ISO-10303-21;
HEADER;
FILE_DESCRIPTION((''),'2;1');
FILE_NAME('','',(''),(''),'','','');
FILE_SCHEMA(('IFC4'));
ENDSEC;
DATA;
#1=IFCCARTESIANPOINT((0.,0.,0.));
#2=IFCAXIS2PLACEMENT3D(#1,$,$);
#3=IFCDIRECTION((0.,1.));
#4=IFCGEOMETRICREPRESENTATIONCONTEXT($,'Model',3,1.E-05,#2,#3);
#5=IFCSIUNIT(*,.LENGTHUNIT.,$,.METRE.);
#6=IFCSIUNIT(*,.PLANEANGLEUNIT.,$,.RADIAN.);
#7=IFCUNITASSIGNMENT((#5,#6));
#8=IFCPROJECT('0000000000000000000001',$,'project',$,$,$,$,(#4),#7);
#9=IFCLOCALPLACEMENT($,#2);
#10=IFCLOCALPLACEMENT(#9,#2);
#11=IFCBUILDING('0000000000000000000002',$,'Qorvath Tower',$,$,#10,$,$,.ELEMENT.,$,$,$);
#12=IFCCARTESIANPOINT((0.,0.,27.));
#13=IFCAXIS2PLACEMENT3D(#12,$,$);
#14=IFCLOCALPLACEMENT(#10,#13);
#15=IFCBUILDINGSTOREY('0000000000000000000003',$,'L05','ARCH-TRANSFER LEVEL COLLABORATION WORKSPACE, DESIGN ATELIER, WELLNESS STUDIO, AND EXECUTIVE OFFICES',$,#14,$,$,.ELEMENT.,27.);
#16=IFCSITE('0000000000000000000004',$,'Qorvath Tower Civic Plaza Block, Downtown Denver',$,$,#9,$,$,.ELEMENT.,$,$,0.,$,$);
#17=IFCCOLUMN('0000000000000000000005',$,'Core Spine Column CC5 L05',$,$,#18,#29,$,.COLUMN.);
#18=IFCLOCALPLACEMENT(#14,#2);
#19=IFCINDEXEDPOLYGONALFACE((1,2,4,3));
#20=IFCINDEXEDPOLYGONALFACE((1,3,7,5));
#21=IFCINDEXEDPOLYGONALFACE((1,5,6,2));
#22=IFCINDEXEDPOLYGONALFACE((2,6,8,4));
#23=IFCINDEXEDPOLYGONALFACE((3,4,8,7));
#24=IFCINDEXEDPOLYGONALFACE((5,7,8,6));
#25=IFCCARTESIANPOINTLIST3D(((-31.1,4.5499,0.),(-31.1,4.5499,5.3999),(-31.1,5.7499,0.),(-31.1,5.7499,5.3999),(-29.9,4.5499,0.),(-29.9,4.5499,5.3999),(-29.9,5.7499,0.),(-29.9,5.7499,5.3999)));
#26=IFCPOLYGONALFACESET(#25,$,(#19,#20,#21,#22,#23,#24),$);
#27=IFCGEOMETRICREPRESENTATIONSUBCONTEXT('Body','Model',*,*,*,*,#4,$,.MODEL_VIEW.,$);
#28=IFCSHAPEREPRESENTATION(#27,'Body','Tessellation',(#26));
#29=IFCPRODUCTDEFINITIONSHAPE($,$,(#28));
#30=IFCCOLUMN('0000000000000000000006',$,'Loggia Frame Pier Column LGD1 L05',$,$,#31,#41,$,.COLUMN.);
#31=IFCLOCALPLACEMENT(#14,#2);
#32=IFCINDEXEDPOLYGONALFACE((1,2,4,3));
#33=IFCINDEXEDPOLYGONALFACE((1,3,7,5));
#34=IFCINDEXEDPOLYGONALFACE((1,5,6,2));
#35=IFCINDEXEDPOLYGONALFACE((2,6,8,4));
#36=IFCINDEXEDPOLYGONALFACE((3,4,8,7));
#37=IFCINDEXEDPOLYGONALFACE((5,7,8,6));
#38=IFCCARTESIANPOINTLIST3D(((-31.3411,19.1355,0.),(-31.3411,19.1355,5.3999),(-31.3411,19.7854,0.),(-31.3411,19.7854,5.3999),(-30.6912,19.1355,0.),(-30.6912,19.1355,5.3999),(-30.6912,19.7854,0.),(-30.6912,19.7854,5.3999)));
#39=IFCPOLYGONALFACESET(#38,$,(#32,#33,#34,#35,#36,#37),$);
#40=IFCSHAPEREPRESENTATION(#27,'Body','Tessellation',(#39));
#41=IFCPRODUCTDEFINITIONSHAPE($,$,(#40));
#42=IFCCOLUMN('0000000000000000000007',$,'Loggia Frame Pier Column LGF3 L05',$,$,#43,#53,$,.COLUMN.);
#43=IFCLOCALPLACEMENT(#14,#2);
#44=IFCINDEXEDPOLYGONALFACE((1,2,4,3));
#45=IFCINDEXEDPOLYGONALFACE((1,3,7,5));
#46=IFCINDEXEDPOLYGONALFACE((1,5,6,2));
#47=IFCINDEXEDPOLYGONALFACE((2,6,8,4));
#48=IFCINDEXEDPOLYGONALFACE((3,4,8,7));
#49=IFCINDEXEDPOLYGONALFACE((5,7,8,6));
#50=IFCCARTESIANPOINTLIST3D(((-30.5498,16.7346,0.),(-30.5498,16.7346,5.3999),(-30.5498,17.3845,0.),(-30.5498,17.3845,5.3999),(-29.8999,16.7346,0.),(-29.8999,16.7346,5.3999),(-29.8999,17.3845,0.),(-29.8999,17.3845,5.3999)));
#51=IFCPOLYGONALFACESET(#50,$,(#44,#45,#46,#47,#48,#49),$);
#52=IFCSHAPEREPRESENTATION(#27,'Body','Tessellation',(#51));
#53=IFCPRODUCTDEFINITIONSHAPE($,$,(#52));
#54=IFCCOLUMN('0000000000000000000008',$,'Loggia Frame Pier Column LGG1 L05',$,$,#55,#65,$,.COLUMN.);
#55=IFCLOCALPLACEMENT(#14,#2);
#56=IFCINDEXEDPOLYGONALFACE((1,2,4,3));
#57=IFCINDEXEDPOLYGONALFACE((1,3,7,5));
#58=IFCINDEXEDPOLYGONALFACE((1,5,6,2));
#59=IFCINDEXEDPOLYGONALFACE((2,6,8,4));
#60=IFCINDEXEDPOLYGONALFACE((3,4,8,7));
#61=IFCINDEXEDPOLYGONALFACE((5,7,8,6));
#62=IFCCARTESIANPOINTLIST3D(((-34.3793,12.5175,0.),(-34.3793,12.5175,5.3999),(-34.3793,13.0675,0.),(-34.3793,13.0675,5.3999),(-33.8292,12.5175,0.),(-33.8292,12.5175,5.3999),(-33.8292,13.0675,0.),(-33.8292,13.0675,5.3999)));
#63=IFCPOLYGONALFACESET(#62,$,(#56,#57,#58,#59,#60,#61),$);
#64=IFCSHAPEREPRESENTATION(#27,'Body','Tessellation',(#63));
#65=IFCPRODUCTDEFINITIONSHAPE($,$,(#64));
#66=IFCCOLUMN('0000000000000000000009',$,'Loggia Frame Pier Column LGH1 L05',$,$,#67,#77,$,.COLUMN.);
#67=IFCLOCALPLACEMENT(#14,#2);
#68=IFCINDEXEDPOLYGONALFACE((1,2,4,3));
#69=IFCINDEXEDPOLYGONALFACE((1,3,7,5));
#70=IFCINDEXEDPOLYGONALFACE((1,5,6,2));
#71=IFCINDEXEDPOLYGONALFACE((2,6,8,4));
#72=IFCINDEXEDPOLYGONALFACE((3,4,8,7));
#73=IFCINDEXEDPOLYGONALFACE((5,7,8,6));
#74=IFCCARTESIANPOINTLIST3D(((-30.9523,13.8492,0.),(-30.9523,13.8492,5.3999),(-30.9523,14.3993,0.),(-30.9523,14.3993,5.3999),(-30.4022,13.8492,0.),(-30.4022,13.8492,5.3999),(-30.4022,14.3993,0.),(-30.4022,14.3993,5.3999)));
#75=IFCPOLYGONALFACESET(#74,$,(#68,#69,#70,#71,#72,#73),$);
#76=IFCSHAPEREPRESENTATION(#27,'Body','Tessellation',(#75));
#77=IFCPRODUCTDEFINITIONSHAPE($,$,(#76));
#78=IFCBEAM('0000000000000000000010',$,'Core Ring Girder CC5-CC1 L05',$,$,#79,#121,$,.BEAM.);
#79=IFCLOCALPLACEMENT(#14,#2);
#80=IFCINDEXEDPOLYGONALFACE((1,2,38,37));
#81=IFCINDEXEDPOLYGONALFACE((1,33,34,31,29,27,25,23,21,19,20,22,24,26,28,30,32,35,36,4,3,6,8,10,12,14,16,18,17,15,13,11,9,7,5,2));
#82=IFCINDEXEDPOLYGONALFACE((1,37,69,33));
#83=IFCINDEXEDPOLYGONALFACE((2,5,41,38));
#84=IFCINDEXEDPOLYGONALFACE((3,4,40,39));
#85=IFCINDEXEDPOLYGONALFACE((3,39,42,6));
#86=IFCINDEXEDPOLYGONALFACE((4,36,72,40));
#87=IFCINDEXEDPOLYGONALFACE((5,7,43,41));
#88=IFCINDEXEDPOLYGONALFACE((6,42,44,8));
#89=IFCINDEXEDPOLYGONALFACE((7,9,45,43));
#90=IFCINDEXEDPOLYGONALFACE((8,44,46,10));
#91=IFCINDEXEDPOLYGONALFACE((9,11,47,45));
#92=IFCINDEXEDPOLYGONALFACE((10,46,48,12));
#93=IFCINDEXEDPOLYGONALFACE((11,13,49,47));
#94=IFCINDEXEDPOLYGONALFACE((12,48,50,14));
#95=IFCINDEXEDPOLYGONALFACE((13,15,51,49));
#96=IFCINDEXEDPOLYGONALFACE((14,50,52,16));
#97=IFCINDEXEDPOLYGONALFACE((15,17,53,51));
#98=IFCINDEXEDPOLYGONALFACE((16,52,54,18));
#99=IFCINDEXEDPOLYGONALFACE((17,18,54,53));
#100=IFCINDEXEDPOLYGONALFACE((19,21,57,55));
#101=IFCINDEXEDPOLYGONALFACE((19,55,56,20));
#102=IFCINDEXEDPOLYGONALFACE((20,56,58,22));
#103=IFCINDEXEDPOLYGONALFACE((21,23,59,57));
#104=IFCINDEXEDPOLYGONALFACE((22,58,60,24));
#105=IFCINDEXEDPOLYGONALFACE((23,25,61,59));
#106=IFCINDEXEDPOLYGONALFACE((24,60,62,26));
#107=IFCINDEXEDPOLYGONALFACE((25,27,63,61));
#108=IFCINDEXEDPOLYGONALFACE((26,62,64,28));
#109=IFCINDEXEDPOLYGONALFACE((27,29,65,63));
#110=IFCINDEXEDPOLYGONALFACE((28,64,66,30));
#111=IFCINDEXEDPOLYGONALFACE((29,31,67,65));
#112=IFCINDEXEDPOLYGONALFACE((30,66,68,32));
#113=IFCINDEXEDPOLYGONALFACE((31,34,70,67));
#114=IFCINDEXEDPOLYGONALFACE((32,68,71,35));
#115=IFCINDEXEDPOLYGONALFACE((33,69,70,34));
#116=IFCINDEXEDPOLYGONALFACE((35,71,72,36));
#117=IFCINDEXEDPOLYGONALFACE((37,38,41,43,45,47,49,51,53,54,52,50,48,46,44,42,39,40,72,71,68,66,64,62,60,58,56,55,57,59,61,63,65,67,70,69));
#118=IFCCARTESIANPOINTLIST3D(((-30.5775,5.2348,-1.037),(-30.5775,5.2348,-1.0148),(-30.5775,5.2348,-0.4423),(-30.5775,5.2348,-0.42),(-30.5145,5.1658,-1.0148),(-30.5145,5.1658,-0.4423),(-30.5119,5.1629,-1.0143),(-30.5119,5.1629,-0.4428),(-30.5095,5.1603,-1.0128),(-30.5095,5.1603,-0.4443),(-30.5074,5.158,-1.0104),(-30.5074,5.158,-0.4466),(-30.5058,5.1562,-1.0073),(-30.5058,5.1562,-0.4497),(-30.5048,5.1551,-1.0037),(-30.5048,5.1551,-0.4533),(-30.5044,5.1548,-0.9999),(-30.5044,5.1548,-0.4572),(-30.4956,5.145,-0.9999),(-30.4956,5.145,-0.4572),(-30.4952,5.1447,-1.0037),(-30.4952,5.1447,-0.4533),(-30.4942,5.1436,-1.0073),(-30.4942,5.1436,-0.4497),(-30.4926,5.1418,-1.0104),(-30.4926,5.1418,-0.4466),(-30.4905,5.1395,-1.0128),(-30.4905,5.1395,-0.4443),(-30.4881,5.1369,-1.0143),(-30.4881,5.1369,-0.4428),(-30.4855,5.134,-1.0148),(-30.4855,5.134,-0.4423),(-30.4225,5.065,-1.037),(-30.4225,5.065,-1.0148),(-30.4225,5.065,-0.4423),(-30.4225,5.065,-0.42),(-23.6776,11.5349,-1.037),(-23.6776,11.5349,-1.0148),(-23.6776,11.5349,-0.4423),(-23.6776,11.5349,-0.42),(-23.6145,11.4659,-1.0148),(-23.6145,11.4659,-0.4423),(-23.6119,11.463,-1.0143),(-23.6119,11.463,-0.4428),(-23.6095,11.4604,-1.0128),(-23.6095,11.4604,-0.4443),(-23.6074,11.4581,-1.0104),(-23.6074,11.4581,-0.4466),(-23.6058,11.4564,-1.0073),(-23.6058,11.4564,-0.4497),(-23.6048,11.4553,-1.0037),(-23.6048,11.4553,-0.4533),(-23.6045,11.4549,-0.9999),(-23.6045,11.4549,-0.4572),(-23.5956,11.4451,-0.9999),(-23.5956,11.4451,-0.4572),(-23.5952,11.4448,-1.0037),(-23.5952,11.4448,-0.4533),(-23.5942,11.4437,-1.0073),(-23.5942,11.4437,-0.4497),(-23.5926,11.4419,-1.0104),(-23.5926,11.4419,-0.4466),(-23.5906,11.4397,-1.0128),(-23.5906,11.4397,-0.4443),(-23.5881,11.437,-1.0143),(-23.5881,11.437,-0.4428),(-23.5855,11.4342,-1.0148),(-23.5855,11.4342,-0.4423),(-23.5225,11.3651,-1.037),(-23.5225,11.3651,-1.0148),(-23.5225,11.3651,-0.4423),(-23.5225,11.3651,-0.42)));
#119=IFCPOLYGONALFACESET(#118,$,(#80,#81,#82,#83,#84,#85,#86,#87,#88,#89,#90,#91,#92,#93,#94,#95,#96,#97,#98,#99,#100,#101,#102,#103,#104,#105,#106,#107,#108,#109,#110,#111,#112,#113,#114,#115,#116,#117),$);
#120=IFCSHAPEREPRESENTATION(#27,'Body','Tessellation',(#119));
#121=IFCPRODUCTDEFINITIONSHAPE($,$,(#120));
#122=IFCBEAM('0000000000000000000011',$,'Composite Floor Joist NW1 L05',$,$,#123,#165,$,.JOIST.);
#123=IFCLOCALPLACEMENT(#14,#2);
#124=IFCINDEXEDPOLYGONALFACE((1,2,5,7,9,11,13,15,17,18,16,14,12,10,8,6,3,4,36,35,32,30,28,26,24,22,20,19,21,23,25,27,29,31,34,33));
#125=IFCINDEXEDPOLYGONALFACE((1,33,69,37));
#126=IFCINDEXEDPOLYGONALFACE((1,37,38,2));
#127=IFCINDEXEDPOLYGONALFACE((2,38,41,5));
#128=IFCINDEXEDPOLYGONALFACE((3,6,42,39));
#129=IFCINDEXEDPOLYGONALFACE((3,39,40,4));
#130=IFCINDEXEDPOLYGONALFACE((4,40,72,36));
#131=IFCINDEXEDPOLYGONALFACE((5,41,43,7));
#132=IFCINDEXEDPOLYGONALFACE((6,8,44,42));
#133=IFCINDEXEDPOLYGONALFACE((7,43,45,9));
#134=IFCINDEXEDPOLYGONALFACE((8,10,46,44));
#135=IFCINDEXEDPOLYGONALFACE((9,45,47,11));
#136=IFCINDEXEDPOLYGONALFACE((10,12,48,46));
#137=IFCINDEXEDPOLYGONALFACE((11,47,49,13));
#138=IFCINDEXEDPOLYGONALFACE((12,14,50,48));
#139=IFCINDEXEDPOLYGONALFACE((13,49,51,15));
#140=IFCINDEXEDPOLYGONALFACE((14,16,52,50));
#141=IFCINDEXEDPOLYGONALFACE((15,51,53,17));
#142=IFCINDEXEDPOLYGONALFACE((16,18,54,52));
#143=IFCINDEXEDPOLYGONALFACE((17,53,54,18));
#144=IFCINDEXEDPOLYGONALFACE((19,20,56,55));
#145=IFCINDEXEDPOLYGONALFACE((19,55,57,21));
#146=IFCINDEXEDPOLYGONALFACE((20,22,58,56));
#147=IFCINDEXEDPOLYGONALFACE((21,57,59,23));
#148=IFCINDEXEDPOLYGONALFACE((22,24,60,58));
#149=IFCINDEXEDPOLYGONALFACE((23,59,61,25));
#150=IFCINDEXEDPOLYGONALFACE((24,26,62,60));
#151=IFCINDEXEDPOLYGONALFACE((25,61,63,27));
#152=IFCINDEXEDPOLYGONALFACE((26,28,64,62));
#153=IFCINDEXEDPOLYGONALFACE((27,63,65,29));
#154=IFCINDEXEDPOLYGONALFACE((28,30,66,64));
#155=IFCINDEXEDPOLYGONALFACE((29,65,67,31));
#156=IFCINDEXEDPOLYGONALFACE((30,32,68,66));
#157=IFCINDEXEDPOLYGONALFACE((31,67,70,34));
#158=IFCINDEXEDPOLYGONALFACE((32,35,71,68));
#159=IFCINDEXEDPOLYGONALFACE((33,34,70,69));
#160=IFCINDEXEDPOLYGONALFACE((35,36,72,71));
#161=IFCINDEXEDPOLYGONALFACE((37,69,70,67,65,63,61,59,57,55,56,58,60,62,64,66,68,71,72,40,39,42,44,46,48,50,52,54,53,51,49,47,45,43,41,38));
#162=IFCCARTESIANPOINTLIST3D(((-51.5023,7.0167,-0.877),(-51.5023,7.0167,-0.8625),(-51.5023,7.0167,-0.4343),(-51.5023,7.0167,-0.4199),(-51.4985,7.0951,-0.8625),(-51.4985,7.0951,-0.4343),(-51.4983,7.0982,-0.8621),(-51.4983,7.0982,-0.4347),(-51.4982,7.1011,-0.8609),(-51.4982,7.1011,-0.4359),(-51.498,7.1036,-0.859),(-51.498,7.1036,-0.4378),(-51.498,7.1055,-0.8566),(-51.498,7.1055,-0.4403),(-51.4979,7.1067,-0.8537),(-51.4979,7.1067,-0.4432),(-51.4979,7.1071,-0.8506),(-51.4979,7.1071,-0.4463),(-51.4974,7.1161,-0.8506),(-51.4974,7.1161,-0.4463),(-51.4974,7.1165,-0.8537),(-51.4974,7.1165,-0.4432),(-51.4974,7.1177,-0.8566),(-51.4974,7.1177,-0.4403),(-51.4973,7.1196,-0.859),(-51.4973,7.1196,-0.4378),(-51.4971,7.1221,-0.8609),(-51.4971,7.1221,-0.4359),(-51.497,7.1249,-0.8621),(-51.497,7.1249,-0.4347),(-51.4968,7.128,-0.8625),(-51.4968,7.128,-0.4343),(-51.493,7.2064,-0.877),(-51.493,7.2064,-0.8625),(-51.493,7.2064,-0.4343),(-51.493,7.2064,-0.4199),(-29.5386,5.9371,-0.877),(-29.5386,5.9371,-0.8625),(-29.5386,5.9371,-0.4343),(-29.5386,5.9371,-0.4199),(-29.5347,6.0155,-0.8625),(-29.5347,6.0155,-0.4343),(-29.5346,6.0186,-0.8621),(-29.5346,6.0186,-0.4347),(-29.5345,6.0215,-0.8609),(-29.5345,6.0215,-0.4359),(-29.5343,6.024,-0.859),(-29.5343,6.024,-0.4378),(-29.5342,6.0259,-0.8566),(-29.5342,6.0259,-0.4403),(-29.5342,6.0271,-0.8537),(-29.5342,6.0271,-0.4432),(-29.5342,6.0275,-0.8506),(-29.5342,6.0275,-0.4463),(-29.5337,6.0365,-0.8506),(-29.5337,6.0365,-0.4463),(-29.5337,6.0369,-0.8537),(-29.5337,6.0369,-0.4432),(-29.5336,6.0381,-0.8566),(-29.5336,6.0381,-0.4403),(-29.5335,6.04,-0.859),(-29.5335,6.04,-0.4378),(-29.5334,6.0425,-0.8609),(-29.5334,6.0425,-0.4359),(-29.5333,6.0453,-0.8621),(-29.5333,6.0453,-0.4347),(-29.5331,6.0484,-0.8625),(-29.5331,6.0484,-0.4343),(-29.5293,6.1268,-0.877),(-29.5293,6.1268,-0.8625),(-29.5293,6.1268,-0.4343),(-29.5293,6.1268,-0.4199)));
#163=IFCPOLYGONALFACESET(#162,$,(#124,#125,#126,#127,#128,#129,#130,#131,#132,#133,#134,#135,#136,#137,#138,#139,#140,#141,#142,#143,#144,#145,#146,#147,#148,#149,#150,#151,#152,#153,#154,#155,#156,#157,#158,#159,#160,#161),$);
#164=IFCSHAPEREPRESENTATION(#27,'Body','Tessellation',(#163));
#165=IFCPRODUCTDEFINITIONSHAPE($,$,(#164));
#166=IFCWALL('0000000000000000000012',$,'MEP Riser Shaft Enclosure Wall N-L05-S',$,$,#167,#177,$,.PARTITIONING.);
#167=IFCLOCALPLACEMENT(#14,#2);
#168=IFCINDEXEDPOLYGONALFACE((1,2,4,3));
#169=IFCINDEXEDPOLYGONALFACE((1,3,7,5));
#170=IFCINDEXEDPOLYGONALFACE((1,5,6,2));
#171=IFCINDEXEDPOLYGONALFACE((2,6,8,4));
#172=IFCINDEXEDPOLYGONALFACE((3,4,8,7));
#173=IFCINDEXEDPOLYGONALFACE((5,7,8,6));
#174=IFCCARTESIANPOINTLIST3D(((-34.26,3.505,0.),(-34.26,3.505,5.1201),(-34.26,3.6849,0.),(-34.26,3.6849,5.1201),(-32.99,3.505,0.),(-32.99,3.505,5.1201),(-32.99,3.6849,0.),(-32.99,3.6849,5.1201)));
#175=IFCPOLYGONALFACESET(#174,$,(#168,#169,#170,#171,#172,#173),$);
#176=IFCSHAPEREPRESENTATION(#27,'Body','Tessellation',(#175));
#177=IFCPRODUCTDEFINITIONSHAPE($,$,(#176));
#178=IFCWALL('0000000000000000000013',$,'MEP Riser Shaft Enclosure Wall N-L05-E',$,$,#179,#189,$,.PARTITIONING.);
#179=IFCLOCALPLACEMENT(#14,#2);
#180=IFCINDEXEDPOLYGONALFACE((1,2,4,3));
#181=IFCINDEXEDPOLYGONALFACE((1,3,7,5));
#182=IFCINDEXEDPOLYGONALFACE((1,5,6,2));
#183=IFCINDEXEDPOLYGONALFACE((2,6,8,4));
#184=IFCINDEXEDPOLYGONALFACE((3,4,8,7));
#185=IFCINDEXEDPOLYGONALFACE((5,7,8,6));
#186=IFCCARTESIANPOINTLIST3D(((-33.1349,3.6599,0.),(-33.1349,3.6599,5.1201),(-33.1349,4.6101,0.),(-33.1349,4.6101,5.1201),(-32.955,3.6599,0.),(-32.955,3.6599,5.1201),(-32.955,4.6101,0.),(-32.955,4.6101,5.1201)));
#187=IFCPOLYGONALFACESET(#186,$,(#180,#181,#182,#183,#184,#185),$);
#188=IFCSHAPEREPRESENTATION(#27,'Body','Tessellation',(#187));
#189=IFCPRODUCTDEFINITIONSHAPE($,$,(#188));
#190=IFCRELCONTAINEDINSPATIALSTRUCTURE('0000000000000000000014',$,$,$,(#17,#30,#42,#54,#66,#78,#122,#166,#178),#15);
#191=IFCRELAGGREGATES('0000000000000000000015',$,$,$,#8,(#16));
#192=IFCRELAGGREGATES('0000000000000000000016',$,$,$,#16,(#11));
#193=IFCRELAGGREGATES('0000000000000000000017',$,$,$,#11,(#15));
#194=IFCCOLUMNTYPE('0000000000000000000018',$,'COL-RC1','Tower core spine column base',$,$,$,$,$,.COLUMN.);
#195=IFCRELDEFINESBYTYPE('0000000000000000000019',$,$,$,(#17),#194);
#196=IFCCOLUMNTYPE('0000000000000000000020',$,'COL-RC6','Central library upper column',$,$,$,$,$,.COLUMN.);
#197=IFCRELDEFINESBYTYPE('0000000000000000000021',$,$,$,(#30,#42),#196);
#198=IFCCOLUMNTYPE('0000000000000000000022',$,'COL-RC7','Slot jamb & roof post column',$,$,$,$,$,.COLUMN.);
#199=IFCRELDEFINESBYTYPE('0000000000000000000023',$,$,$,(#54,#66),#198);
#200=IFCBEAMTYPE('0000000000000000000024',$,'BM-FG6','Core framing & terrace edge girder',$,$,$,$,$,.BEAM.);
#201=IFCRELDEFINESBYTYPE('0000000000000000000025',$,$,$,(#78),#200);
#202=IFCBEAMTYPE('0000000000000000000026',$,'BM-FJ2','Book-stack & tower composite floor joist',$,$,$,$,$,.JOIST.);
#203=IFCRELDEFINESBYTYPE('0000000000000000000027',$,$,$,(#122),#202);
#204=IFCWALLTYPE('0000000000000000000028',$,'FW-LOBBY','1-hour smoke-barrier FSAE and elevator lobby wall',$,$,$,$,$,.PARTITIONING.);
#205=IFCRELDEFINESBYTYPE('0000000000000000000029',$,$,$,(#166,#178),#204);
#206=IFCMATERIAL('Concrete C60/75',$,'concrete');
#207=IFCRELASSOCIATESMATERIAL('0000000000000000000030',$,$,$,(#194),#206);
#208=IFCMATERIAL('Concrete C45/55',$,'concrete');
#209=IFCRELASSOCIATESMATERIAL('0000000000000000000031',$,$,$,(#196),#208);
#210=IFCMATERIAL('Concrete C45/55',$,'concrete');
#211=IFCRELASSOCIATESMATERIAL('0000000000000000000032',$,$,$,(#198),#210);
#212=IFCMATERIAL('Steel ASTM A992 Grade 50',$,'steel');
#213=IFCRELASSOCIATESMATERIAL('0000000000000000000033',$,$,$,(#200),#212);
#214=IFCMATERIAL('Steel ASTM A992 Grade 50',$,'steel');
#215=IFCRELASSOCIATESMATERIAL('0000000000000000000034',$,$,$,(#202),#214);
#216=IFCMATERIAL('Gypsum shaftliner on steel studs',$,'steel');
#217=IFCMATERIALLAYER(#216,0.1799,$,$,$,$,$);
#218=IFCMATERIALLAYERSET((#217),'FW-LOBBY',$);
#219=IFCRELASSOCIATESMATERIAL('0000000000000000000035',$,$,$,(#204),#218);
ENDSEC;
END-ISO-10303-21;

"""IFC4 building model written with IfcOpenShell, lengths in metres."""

from ifc_helpers import new_model, si_unit, direction, frame, frame_2d, origin, origin_2d, place, context, subcontext, project, spatial, rectangle, i_section, extrude, material, layer, layer_set, material_profile, profile_set, type_object, element, save


model = new_model("IFC4")

# Units and contexts
model_context = context("Model", 3, precision=1e-05, world=origin(), true_north=direction((0.0, 1.0)))
body_context = subcontext(model_context, "Body", "Model", "MODEL_VIEW")
ifc_project = project(units=[si_unit("LENGTHUNIT", "METRE"), si_unit("PLANEANGLEUNIT", "RADIAN")], contexts=[model_context])

# Site, building, storey
site_placement = place(None, origin())
site = spatial("IfcSite", under=ifc_project, at=site_placement, Name="Qorvath Tower Civic Plaza Block, Downtown Denver", CompositionType="ELEMENT", RefElevation=0.0)
building_placement = place(site_placement, origin())
building = spatial("IfcBuilding", under=site, at=building_placement, Name="Qorvath Tower", CompositionType="ELEMENT")
storey_placement = place(building_placement, frame((0.0, 0.0, 27.0)))
storey = spatial("IfcBuildingStorey", under=building, at=storey_placement, Name="L05", Description="ARCH-TRANSFER LEVEL COLLABORATION WORKSPACE, DESIGN ATELIER, WELLNESS STUDIO, AND EXECUTIVE OFFICES", CompositionType="ELEMENT", Elevation=27.0)

# Columns
ifc_material_1 = material(Name="Concrete C60/75", Category="concrete")
ifc_material_profile_1 = material_profile(ifc_material_1, rectangle(XDim=1.2, YDim=1.2, at=origin_2d()), Name="RC 1200x1200")
ifc_profile_set_1 = profile_set([ifc_material_profile_1], Name="Concrete C60/75")
column_type_1 = type_object("IfcColumnType", Name="COL-RC1", Description="Tower core spine column base", PredefinedType="COLUMN", material=ifc_profile_set_1)
column_placement = place(storey_placement, frame((-30.5, 5.1499, 0.0), z_axis=(0.0, 0.0, 1.0), x_axis=(1.0, 0.0, 0.0)))
element("IfcColumn", 1, at=column_placement, inside=storey, type_object=column_type_1, Name="Core Spine Column CC5 L05", PredefinedType="COLUMN", context=body_context, shape_type="SweptSolid", body=[
    extrude(rectangle(XDim=1.2, YDim=1.2, at=origin_2d()), origin(), (0.0, 0.0, 1.0), 5.3999),
])
ifc_material_2 = material(Name="Concrete C45/55", Category="concrete")
ifc_material_profile_2 = material_profile(ifc_material_2, rectangle(XDim=0.6499, YDim=0.6499, at=origin_2d()), Name="RC 650x650")
ifc_profile_set_2 = profile_set([ifc_material_profile_2], Name="Concrete C45/55")
column_type_2 = type_object("IfcColumnType", Name="COL-RC6", Description="Central library upper column", PredefinedType="COLUMN", material=ifc_profile_set_2)
for number, where, z_axis, x_axis, name in (
    (2, (-31.0161, 19.4604, 0.0), (0.0, 0.0, 1.0), (1.0, 0.0, 0.0), "Loggia Frame Pier Column LGD1 L05"),
    (3, (-30.2249, 17.0596, 0.0), (0.0, 0.0, 1.0), (1.0, 0.0, 0.0), "Loggia Frame Pier Column LGF3 L05"),
):
    element("IfcColumn", number, at=place(storey_placement, frame(where, z_axis=z_axis, x_axis=x_axis)), inside=storey, type_object=column_type_2, Name=name, PredefinedType="COLUMN", context=body_context, shape_type="SweptSolid", body=[
        extrude(rectangle(XDim=0.6499, YDim=0.6499, at=origin_2d()), origin(), (0.0, 0.0, 1.0), 5.3999),
    ])
ifc_material_3 = material(Name="Concrete C45/55", Category="concrete")
ifc_material_profile_3 = material_profile(ifc_material_3, rectangle(XDim=0.55, YDim=0.55, at=origin_2d()), Name="RC 550x550")
ifc_profile_set_3 = profile_set([ifc_material_profile_3], Name="Concrete C45/55")
column_type_3 = type_object("IfcColumnType", Name="COL-RC7", Description="Slot jamb & roof post column", PredefinedType="COLUMN", material=ifc_profile_set_3)
for number, where, z_axis, x_axis, name in (
    (4, (-34.1042, 12.7925, 0.0), (0.0, 0.0, 1.0), (1.0, 0.0, 0.0), "Loggia Frame Pier Column LGG1 L05"),
    (5, (-30.6772, 14.1243, 0.0), (0.0, 0.0, 1.0), (1.0, 0.0, 0.0), "Loggia Frame Pier Column LGH1 L05"),
):
    element("IfcColumn", number, at=place(storey_placement, frame(where, z_axis=z_axis, x_axis=x_axis)), inside=storey, type_object=column_type_3, Name=name, PredefinedType="COLUMN", context=body_context, shape_type="SweptSolid", body=[
        extrude(rectangle(XDim=0.55, YDim=0.55, at=origin_2d()), origin(), (0.0, 0.0, 1.0), 5.3999),
    ])

# Beams
ifc_material_4 = material(Name="Steel ASTM A992 Grade 50", Category="steel")
ifc_material_profile_4 = material_profile(ifc_material_4, i_section(OverallWidth=0.23, OverallDepth=0.6169, WebThickness=0.0132, FlangeThickness=0.0222, FilletRadius=0.0149, at=origin_2d()), Name="W24x94")
ifc_profile_set_4 = profile_set([ifc_material_profile_4], Name="Steel ASTM A992 Grade 50")
beam_type_1 = type_object("IfcBeamType", Name="BM-FG6", Description="Core framing & terrace edge girder", PredefinedType="BEAM", material=ifc_profile_set_4)
beam_1_placement = place(storey_placement, frame((-30.5, 5.1499, -0.7285), z_axis=(0.738478, 0.674277, 0.0), x_axis=(-0.674277, 0.738478, 0.0)))
element("IfcBeam", 6, at=beam_1_placement, inside=storey, type_object=beam_type_1, Name="Core Ring Girder CC5-CC1 L05", PredefinedType="BEAM", context=body_context, shape_type="SweptSolid", body=[
    extrude(i_section(OverallWidth=0.23, OverallDepth=0.6169, WebThickness=0.0132, FlangeThickness=0.0222, FilletRadius=0.0149, at=origin_2d()), origin(), (0.0, 0.0, 1.0), 9.3435),
])
ifc_material_5 = material(Name="Steel ASTM A992 Grade 50", Category="steel")
ifc_material_profile_5 = material_profile(ifc_material_5, i_section(OverallWidth=0.1899, OverallDepth=0.457, WebThickness=0.009, FlangeThickness=0.0144, FilletRadius=0.012, at=origin_2d()), Name="W18x50")
ifc_profile_set_5 = profile_set([ifc_material_profile_5], Name="Steel ASTM A992 Grade 50")
beam_type_2 = type_object("IfcBeamType", Name="BM-FJ2", Description="Book-stack & tower composite floor joist", PredefinedType="JOIST", material=ifc_profile_set_5)
beam_2_placement = place(storey_placement, frame((-29.5339, 6.032, -0.6484), z_axis=(-0.998794, 0.049094, 0.0), x_axis=(-0.049094, -0.998794, 0.0)))
element("IfcBeam", 7, at=beam_2_placement, inside=storey, type_object=beam_type_2, Name="Composite Floor Joist NW1 L05", PredefinedType="JOIST", context=body_context, shape_type="SweptSolid", body=[
    extrude(i_section(OverallWidth=0.1899, OverallDepth=0.457, WebThickness=0.009, FlangeThickness=0.0144, FilletRadius=0.012, at=origin_2d()), origin(), (0.0, 0.0, 1.0), 21.9902),
])

# Walls
ifc_material_6 = material(Name="Gypsum shaftliner on steel studs", Category="steel")
ifc_layer_1 = layer(ifc_material_6, 0.1799)
ifc_layer_set_1 = layer_set([ifc_layer_1], Name="FW-LOBBY")
wall_type_1 = type_object("IfcWallType", Name="FW-LOBBY", Description="1-hour smoke-barrier FSAE and elevator lobby wall", PredefinedType="PARTITIONING", material=ifc_layer_set_1)
wall_1_placement = place(storey_placement, frame((-32.99, 3.595, 0.0), z_axis=(0.0, 0.0, 1.0), x_axis=(-1.0, 0.0, 0.0)))
element("IfcWall", 8, at=wall_1_placement, inside=storey, type_object=wall_type_1, Name="MEP Riser Shaft Enclosure Wall N-L05-S", PredefinedType="PARTITIONING", context=body_context, shape_type="SweptSolid", body=[
    extrude(rectangle(XDim=1.27, YDim=0.1799, at=frame_2d((0.635, 0.0))), origin(), (0.0, 0.0, 1.0), 5.1201),
])
wall_2_placement = place(storey_placement, frame((-33.0449, 4.6101, 0.0), z_axis=(0.0, 0.0, 1.0), x_axis=(0.0, -1.0, 0.0)))
element("IfcWall", 9, at=wall_2_placement, inside=storey, type_object=wall_type_1, Name="MEP Riser Shaft Enclosure Wall N-L05-E", PredefinedType="PARTITIONING", context=body_context, shape_type="SweptSolid", body=[
    extrude(rectangle(XDim=0.9502, YDim=0.1799, at=frame_2d((0.4751, 0.0))), origin(), (0.0, 0.0, 1.0), 5.1201),
])

save(model, "model.ifc")
